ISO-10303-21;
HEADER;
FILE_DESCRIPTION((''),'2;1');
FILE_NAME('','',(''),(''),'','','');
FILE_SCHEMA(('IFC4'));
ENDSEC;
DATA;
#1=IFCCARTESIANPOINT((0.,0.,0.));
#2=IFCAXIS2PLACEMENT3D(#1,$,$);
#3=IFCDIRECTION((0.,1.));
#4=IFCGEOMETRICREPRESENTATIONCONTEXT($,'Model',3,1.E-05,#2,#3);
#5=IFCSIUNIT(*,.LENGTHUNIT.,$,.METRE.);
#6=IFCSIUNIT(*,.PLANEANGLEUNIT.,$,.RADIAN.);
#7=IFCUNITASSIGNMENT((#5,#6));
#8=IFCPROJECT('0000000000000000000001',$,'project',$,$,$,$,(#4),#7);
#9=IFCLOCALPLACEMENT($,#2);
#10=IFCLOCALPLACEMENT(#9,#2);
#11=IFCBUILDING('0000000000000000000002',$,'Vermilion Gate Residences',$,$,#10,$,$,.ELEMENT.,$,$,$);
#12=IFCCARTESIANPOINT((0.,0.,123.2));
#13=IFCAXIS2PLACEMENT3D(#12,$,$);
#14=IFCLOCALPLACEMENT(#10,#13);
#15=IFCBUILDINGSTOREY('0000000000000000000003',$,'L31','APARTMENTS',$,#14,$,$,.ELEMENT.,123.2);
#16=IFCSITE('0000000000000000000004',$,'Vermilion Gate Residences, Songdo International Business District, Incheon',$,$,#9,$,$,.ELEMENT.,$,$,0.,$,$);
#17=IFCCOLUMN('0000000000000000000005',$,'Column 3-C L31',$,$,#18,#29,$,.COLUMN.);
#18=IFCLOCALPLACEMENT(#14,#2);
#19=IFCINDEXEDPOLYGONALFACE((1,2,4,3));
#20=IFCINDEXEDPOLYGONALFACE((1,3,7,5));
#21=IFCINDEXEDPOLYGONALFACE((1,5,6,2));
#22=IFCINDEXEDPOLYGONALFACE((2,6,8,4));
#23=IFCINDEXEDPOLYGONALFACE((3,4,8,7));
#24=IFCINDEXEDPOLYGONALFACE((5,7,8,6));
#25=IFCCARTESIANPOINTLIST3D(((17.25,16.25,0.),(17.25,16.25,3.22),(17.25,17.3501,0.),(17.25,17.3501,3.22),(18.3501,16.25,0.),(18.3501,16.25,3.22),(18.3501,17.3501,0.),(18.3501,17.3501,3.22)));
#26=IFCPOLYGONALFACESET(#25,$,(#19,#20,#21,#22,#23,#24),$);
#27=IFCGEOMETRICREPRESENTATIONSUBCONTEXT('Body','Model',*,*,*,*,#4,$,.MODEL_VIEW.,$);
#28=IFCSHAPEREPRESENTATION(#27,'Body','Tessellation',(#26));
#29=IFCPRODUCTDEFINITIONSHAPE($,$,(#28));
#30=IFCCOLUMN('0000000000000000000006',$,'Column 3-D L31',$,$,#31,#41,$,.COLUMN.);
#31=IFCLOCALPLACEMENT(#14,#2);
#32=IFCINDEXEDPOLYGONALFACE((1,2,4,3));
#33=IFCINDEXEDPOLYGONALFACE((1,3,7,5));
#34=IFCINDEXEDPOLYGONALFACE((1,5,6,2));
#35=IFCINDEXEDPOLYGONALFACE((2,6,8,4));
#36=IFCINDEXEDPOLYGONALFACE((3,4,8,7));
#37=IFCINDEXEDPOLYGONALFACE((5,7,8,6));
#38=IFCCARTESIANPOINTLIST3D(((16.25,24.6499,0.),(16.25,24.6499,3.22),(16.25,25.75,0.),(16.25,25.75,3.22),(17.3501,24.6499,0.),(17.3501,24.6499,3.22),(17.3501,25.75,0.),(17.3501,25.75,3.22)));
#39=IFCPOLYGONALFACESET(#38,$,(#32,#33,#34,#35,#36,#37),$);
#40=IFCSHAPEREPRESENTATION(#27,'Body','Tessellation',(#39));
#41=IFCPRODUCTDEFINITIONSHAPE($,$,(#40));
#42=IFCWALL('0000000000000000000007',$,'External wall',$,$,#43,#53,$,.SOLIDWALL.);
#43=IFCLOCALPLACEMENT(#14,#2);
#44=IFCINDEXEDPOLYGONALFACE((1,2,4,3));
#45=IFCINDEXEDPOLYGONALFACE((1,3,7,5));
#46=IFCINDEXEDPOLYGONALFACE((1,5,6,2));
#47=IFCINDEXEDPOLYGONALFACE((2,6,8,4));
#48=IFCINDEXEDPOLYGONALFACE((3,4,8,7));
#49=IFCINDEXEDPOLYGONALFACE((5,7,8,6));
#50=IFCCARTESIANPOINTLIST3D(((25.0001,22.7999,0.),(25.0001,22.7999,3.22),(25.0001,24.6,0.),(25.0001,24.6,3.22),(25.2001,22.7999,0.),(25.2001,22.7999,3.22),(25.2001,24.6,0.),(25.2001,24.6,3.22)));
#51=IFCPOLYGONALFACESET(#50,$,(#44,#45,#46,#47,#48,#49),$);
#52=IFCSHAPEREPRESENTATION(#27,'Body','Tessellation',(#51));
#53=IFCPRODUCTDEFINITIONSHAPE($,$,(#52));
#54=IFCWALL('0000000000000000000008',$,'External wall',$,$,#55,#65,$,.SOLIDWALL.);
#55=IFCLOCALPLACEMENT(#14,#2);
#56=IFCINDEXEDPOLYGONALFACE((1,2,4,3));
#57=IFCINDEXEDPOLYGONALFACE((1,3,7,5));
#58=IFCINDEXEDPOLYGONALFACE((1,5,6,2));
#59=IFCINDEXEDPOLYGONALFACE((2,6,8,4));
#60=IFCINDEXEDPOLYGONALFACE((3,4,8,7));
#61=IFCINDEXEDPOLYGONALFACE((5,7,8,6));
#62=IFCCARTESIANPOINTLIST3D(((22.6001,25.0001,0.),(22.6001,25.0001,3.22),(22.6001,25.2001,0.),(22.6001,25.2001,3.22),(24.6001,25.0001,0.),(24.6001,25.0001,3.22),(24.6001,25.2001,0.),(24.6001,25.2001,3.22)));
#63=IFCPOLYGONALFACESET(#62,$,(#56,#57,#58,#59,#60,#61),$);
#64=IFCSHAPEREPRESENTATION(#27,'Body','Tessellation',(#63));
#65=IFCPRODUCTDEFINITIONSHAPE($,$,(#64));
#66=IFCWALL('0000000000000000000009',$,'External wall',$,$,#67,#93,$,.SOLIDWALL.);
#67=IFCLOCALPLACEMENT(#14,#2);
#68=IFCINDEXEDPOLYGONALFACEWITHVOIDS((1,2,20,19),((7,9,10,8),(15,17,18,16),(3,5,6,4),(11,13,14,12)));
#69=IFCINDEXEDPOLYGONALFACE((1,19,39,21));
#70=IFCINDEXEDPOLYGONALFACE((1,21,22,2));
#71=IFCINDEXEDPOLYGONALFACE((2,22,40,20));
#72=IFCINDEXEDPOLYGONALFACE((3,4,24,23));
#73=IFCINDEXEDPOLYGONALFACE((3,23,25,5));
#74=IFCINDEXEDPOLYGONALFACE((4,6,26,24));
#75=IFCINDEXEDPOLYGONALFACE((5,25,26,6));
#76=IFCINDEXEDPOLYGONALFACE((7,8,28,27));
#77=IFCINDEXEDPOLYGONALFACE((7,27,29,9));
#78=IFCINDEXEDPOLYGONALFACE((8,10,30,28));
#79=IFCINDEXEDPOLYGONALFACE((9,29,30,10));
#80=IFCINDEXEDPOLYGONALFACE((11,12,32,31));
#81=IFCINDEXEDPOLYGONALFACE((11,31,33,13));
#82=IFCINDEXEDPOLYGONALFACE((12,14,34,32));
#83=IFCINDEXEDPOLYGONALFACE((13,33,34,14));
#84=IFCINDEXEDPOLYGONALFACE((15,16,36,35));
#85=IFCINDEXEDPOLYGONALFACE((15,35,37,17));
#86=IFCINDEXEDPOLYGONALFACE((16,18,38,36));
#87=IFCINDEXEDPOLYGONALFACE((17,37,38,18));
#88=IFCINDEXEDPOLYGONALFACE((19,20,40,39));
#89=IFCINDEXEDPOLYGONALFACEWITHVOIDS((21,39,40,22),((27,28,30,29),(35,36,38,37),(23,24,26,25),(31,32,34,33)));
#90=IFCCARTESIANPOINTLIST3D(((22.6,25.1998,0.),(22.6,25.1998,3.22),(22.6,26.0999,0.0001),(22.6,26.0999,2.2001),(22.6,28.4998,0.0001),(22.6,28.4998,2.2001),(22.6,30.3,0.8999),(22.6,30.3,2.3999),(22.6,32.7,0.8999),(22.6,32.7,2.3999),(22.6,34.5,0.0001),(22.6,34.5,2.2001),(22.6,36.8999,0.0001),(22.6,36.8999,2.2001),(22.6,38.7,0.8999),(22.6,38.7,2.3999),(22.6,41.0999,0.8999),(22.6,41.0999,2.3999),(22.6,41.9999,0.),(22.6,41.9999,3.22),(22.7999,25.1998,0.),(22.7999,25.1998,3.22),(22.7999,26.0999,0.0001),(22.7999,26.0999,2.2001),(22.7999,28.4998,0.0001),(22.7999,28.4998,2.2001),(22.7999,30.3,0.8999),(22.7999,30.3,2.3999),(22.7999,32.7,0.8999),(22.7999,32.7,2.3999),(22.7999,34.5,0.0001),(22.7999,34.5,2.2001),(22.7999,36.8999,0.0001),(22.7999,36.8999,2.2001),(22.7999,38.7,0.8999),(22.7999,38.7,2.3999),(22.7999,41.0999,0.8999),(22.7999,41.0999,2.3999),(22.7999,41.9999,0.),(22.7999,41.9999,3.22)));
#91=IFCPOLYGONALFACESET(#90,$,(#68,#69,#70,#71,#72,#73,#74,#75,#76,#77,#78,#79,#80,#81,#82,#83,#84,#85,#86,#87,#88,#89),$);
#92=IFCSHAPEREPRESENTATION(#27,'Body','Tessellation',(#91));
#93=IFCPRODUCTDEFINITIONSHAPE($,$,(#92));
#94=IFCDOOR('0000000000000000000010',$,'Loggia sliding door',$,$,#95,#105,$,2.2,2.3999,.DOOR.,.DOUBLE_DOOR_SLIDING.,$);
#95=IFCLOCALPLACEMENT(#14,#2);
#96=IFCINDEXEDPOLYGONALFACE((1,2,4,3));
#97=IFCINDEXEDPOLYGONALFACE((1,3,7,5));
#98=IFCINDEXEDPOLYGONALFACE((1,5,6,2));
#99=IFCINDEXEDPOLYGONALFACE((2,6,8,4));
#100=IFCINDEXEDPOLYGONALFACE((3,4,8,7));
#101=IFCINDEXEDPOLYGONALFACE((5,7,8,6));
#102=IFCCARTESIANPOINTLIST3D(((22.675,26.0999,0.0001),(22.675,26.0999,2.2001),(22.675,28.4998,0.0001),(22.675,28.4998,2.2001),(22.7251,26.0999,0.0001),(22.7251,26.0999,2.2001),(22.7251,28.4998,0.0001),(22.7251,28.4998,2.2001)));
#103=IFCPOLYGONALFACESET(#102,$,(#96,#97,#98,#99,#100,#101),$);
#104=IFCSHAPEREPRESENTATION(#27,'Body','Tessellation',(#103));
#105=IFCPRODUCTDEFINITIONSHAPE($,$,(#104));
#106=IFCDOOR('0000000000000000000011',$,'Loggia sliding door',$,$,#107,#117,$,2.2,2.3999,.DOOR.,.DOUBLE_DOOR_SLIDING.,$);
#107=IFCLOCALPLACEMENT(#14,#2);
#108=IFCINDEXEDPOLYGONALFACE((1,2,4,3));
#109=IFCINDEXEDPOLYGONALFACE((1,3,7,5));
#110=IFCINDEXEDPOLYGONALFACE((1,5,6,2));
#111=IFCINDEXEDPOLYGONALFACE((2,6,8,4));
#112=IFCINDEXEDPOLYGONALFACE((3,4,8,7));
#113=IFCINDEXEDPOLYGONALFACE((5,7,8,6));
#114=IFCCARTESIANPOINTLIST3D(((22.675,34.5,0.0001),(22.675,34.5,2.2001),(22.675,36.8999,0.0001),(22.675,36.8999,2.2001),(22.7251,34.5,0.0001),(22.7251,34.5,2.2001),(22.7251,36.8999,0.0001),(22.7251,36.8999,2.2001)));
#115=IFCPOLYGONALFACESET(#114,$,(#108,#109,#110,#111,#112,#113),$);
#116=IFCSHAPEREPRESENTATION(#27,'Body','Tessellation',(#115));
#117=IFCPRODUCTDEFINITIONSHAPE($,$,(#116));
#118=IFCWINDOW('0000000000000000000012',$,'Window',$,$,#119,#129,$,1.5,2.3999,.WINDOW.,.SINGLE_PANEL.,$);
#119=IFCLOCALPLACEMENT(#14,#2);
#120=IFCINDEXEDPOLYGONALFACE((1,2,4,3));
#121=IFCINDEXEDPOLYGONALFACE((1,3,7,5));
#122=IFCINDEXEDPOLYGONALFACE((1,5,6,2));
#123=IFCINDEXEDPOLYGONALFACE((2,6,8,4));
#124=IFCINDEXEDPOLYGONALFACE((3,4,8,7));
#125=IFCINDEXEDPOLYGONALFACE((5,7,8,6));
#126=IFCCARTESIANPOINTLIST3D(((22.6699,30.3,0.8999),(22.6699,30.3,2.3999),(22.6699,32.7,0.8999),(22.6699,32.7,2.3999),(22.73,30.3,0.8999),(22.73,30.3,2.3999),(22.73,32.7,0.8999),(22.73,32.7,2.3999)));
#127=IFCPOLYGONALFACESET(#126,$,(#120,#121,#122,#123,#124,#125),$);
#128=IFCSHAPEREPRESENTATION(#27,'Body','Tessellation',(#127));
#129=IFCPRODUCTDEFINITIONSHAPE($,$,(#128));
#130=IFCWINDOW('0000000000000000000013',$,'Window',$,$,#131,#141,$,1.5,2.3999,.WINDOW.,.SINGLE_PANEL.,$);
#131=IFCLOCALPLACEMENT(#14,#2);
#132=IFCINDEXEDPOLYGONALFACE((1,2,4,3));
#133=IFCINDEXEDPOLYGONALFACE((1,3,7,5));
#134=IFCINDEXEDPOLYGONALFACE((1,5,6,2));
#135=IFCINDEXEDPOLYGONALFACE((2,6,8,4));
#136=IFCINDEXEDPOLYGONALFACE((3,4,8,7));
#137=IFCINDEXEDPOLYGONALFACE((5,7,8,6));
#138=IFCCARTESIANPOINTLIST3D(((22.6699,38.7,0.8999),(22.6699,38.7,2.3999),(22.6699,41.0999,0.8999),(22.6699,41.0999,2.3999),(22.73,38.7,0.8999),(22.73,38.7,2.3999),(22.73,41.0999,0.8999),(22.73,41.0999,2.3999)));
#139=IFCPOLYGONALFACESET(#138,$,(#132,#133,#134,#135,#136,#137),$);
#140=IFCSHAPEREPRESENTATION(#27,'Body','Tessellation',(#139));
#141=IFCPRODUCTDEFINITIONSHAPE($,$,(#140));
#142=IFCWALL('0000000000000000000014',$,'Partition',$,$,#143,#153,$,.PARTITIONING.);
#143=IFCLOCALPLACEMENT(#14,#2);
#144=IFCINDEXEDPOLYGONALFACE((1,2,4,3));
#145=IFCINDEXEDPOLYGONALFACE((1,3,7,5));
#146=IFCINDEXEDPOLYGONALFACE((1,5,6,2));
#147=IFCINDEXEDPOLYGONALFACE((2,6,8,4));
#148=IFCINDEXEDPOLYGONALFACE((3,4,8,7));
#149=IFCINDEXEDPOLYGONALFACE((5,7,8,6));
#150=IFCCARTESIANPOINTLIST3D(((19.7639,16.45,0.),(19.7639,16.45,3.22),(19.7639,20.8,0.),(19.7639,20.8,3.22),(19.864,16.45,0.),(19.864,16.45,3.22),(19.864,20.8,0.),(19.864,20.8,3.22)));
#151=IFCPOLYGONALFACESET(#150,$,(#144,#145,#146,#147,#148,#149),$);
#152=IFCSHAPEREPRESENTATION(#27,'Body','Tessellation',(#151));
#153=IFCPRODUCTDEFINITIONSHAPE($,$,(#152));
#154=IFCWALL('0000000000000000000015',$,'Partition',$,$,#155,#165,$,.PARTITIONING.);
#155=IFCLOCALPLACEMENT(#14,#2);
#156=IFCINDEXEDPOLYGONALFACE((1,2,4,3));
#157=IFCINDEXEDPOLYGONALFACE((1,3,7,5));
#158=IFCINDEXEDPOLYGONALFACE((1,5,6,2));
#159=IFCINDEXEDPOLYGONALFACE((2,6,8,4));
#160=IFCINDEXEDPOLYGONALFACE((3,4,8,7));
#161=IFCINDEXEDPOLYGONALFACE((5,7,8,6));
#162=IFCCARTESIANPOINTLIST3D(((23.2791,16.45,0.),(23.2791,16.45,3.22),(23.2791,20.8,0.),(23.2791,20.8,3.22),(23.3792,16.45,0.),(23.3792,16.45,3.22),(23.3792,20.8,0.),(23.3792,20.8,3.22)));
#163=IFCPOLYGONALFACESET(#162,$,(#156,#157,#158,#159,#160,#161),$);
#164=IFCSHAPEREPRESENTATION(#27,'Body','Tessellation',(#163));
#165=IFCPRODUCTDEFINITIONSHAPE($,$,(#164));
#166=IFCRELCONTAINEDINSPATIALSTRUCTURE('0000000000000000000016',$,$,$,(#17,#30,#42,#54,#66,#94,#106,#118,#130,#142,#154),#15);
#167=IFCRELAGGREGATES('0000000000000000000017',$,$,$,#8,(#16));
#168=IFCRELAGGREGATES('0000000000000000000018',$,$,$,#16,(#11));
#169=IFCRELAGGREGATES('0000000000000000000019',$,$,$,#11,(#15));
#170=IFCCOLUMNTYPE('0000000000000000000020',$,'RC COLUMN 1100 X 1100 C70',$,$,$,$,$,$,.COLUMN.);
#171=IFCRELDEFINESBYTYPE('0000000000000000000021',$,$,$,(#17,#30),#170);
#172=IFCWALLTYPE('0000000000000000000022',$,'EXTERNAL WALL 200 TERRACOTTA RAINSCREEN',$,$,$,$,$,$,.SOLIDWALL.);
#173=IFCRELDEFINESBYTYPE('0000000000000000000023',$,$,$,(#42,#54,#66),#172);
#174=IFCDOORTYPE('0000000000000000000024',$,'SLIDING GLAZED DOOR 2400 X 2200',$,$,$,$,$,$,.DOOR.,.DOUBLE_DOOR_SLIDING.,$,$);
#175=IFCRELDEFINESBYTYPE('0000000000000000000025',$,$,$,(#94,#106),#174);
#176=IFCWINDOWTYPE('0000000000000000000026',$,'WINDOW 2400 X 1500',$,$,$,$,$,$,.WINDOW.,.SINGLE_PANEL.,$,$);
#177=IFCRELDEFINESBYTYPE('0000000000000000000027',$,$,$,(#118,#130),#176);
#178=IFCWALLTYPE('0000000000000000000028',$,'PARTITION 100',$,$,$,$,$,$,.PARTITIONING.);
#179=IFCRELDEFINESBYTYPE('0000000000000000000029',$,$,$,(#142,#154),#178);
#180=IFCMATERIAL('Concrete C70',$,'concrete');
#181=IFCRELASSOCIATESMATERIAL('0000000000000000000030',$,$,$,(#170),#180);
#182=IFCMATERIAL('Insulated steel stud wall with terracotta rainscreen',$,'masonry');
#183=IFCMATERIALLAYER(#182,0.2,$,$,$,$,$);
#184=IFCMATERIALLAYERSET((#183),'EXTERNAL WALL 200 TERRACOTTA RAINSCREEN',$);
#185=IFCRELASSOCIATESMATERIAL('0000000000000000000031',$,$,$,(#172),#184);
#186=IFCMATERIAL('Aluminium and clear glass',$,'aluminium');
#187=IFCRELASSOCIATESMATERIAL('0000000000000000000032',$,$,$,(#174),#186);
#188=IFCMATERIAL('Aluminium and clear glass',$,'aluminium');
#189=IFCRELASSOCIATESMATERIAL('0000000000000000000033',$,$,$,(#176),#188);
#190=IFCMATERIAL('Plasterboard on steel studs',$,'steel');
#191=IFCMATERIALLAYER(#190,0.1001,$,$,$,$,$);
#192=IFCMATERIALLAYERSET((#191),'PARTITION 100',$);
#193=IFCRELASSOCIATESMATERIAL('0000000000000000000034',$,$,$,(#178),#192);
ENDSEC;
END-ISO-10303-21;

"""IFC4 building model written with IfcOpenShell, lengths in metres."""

from ifc_helpers import new_model, si_unit, direction, frame, frame_2d, origin, origin_2d, place, context, subcontext, project, spatial, rectangle, extrude, material, layer, layer_set, material_profile, profile_set, type_object, element, fill, save


model = new_model("IFC4")

# Units and contexts
model_context = context("Model", 3, precision=1e-05, world=origin(), true_north=direction((0.0, 1.0)))
body_context = subcontext(model_context, "Body", "Model", "MODEL_VIEW")
ifc_project = project(units=[si_unit("LENGTHUNIT", "METRE"), si_unit("PLANEANGLEUNIT", "RADIAN")], contexts=[model_context])

# Site, building, storey
site_placement = place(None, origin())
site = spatial("IfcSite", under=ifc_project, at=site_placement, Name="Vermilion Gate Residences, Songdo International Business District, Incheon", CompositionType="ELEMENT", RefElevation=0.0)
building_placement = place(site_placement, origin())
building = spatial("IfcBuilding", under=site, at=building_placement, Name="Vermilion Gate Residences", CompositionType="ELEMENT")
storey_placement = place(building_placement, frame((0.0, 0.0, 123.2)))
storey = spatial("IfcBuildingStorey", under=building, at=storey_placement, Name="L31", Description="APARTMENTS", CompositionType="ELEMENT", Elevation=123.2)

# Columns
ifc_material_1 = material(Name="Concrete C70", Category="concrete")
ifc_material_profile = material_profile(ifc_material_1, rectangle(XDim=1.1001, YDim=1.1001, at=origin_2d()), Name="RC-1100x1100")
ifc_profile_set = profile_set([ifc_material_profile], Name="Concrete C70")
column_type = type_object("IfcColumnType", Name="RC COLUMN 1100 X 1100 C70", PredefinedType="COLUMN", material=ifc_profile_set)
for number, where, z_axis, x_axis, name in (
    (1, (17.8, 16.8, 0.0), (0.0, 0.0, 1.0), (1.0, 0.0, 0.0), "Column 3-C L31"),
    (2, (16.8, 25.2, 0.0), (0.0, 0.0, 1.0), (1.0, 0.0, 0.0), "Column 3-D L31"),
):
    element("IfcColumn", number, at=place(storey_placement, frame(where, z_axis=z_axis, x_axis=x_axis)), inside=storey, type_object=column_type, Name=name, PredefinedType="COLUMN", context=body_context, shape_type="SweptSolid", body=[
        extrude(rectangle(XDim=1.1001, YDim=1.1001, at=origin_2d()), origin(), (0.0, 0.0, 1.0), 3.22),
    ])

# Walls
ifc_material_2 = material(Name="Insulated steel stud wall with terracotta rainscreen", Category="masonry")
ifc_layer_1 = layer(ifc_material_2, 0.2)
ifc_layer_set_1 = layer_set([ifc_layer_1], Name="EXTERNAL WALL 200 TERRACOTTA RAINSCREEN")
wall_type_1 = type_object("IfcWallType", Name="EXTERNAL WALL 200 TERRACOTTA RAINSCREEN", PredefinedType="SOLIDWALL", material=ifc_layer_set_1)
wall_1_placement = place(storey_placement, frame((25.1001, 22.8, 0.0), z_axis=(0.0, 0.0, 1.0), x_axis=(0.0, 1.0, 0.0)))
element("IfcWall", 3, at=wall_1_placement, inside=storey, type_object=wall_type_1, Name="External wall", PredefinedType="SOLIDWALL", context=body_context, shape_type="SweptSolid", body=[
    extrude(rectangle(XDim=1.8, YDim=0.2, at=frame_2d((0.8999, 0.0))), origin(), (0.0, 0.0, 1.0), 3.22),
])
wall_2_placement = place(storey_placement, frame((24.6001, 25.1001, 0.0), z_axis=(0.0, 0.0, 1.0), x_axis=(-1.0, 0.0, 0.0)))
element("IfcWall", 4, at=wall_2_placement, inside=storey, type_object=wall_type_1, Name="External wall", PredefinedType="SOLIDWALL", context=body_context, shape_type="SweptSolid", body=[
    extrude(rectangle(XDim=2.0, YDim=0.2, at=frame_2d((1.0, 0.0))), origin(), (0.0, 0.0, 1.0), 3.22),
])

# Wall, openings, doors, windows
wall_3_placement = place(storey_placement, frame((22.7, 25.2, 0.0), z_axis=(0.0, 0.0, 1.0), x_axis=(0.0, 1.0, 0.0)))
wall_3 = element("IfcWall", 5, at=wall_3_placement, inside=storey, type_object=wall_type_1, Name="External wall", PredefinedType="SOLIDWALL", context=body_context, shape_type="SweptSolid", body=[
    extrude(rectangle(XDim=16.8, YDim=0.2, at=frame_2d((8.3999, 0.0))), origin(), (0.0, 0.0, 1.0), 3.22),
])
opening_1_placement = place(wall_3_placement, frame((0.8999, 0.0, 0.0)))
opening_1 = element("IfcOpeningElement", 6, at=opening_1_placement, cuts=wall_3, PredefinedType="OPENING", context=body_context, shape_type="SweptSolid", body=[
    extrude(rectangle(XDim=2.3999, YDim=2.2, at=frame_2d((1.2, 1.1001))), frame((0.0, 0.1099, 0.0), z_axis=(0.0, -1.0, 0.0), x_axis=(1.0, 0.0, 0.0)), (0.0, 0.0, 1.0), 0.22),
])
opening_2_placement = place(wall_3_placement, frame((5.1001, 0.0, 0.8999)))
opening_2 = element("IfcOpeningElement", 7, at=opening_2_placement, cuts=wall_3, PredefinedType="OPENING", context=body_context, shape_type="SweptSolid", body=[
    extrude(rectangle(XDim=2.3999, YDim=1.5, at=frame_2d((1.2, 0.75))), frame((0.0, 0.1099, 0.0), z_axis=(0.0, -1.0, 0.0), x_axis=(1.0, 0.0, 0.0)), (0.0, 0.0, 1.0), 0.22),
])
opening_3_placement = place(wall_3_placement, frame((9.3, 0.0, 0.0)))
opening_3 = element("IfcOpeningElement", 8, at=opening_3_placement, cuts=wall_3, PredefinedType="OPENING", context=body_context, shape_type="SweptSolid", body=[
    extrude(rectangle(XDim=2.3999, YDim=2.2, at=frame_2d((1.2, 1.1001))), frame((0.0, 0.1099, 0.0), z_axis=(0.0, -1.0, 0.0), x_axis=(1.0, 0.0, 0.0)), (0.0, 0.0, 1.0), 0.22),
])
opening_4_placement = place(wall_3_placement, frame((13.5, 0.0, 0.8999)))
opening_4 = element("IfcOpeningElement", 9, at=opening_4_placement, cuts=wall_3, PredefinedType="OPENING", context=body_context, shape_type="SweptSolid", body=[
    extrude(rectangle(XDim=2.3999, YDim=1.5, at=frame_2d((1.2, 0.75))), frame((0.0, 0.1099, 0.0), z_axis=(0.0, -1.0, 0.0), x_axis=(1.0, 0.0, 0.0)), (0.0, 0.0, 1.0), 0.22),
])
ifc_material_3 = material(Name="Aluminium and clear glass", Category="aluminium")
door_type_1 = type_object("IfcDoorType", Name="SLIDING GLAZED DOOR 2400 X 2200", OperationType="DOUBLE_DOOR_SLIDING", PredefinedType="DOOR", material=ifc_material_3)
door_1_placement = place(opening_1_placement, origin())
door_1 = element("IfcDoor", 10, at=door_1_placement, inside=storey, type_object=door_type_1, Name="Loggia sliding door", OperationType="DOUBLE_DOOR_SLIDING", OverallHeight=2.2, OverallWidth=2.3999, PredefinedType="DOOR", context=body_context, shape_type="SweptSolid", body=[
    extrude(rectangle(XDim=2.3999, YDim=2.2, at=frame_2d((1.2, 1.1001))), frame((0.0, 0.0249, 0.0), z_axis=(0.0, -1.0, 0.0), x_axis=(1.0, 0.0, 0.0)), (0.0, 0.0, 1.0), 0.05),
])
fill(opening_1, door_1)
door_2_placement = place(opening_3_placement, origin())
door_2 = element("IfcDoor", 11, at=door_2_placement, inside=storey, type_object=door_type_1, Name="Loggia sliding door", OperationType="DOUBLE_DOOR_SLIDING", OverallHeight=2.2, OverallWidth=2.3999, PredefinedType="DOOR", context=body_context, shape_type="SweptSolid", body=[
    extrude(rectangle(XDim=2.3999, YDim=2.2, at=frame_2d((1.2, 1.1001))), frame((0.0, 0.0249, 0.0), z_axis=(0.0, -1.0, 0.0), x_axis=(1.0, 0.0, 0.0)), (0.0, 0.0, 1.0), 0.05),
])
fill(opening_3, door_2)
ifc_material_4 = material(Name="Aluminium and clear glass", Category="aluminium")
window_type = type_object("IfcWindowType", Name="WINDOW 2400 X 1500", PartitioningType="SINGLE_PANEL", PredefinedType="WINDOW", material=ifc_material_4)
window_1_placement = place(opening_2_placement, origin())
window_1 = element("IfcWindow", 12, at=window_1_placement, inside=storey, type_object=window_type, Name="Window", OverallHeight=1.5, OverallWidth=2.3999, PartitioningType="SINGLE_PANEL", PredefinedType="WINDOW", context=body_context, shape_type="SweptSolid", body=[
    extrude(rectangle(XDim=2.3999, YDim=1.5, at=frame_2d((1.2, 0.75))), frame((0.0, 0.03, 0.0), z_axis=(0.0, -1.0, 0.0), x_axis=(1.0, 0.0, 0.0)), (0.0, 0.0, 1.0), 0.0601),
])
fill(opening_2, window_1)
window_2_placement = place(opening_4_placement, origin())
window_2 = element("IfcWindow", 13, at=window_2_placement, inside=storey, type_object=window_type, Name="Window", OverallHeight=1.5, OverallWidth=2.3999, PartitioningType="SINGLE_PANEL", PredefinedType="WINDOW", context=body_context, shape_type="SweptSolid", body=[
    extrude(rectangle(XDim=2.3999, YDim=1.5, at=frame_2d((1.2, 0.75))), frame((0.0, 0.03, 0.0), z_axis=(0.0, -1.0, 0.0), x_axis=(1.0, 0.0, 0.0)), (0.0, 0.0, 1.0), 0.0601),
])
fill(opening_4, window_2)

# Walls
ifc_material_5 = material(Name="Plasterboard on steel studs", Category="steel")
ifc_layer_2 = layer(ifc_material_5, 0.1001)
ifc_layer_set_2 = layer_set([ifc_layer_2], Name="PARTITION 100")
wall_type_2 = type_object("IfcWallType", Name="PARTITION 100", PredefinedType="PARTITIONING", material=ifc_layer_set_2)
for number, where, z_axis, x_axis, name in (
    (14, (19.814, 16.45, 0.0), (0.0, 0.0, 1.0), (0.0, 1.0, 0.0), "Partition"),
    (15, (23.3291, 16.45, 0.0), (0.0, 0.0, 1.0), (0.0, 1.0, 0.0), "Partition"),
):
    element("IfcWall", number, at=place(storey_placement, frame(where, z_axis=z_axis, x_axis=x_axis)), inside=storey, type_object=wall_type_2, Name=name, PredefinedType="PARTITIONING", context=body_context, shape_type="SweptSolid", body=[
        extrude(rectangle(XDim=4.3501, YDim=0.1001, at=frame_2d((2.175, 0.0))), origin(), (0.0, 0.0, 1.0), 3.22),
    ])

save(model, "model.ifc")
